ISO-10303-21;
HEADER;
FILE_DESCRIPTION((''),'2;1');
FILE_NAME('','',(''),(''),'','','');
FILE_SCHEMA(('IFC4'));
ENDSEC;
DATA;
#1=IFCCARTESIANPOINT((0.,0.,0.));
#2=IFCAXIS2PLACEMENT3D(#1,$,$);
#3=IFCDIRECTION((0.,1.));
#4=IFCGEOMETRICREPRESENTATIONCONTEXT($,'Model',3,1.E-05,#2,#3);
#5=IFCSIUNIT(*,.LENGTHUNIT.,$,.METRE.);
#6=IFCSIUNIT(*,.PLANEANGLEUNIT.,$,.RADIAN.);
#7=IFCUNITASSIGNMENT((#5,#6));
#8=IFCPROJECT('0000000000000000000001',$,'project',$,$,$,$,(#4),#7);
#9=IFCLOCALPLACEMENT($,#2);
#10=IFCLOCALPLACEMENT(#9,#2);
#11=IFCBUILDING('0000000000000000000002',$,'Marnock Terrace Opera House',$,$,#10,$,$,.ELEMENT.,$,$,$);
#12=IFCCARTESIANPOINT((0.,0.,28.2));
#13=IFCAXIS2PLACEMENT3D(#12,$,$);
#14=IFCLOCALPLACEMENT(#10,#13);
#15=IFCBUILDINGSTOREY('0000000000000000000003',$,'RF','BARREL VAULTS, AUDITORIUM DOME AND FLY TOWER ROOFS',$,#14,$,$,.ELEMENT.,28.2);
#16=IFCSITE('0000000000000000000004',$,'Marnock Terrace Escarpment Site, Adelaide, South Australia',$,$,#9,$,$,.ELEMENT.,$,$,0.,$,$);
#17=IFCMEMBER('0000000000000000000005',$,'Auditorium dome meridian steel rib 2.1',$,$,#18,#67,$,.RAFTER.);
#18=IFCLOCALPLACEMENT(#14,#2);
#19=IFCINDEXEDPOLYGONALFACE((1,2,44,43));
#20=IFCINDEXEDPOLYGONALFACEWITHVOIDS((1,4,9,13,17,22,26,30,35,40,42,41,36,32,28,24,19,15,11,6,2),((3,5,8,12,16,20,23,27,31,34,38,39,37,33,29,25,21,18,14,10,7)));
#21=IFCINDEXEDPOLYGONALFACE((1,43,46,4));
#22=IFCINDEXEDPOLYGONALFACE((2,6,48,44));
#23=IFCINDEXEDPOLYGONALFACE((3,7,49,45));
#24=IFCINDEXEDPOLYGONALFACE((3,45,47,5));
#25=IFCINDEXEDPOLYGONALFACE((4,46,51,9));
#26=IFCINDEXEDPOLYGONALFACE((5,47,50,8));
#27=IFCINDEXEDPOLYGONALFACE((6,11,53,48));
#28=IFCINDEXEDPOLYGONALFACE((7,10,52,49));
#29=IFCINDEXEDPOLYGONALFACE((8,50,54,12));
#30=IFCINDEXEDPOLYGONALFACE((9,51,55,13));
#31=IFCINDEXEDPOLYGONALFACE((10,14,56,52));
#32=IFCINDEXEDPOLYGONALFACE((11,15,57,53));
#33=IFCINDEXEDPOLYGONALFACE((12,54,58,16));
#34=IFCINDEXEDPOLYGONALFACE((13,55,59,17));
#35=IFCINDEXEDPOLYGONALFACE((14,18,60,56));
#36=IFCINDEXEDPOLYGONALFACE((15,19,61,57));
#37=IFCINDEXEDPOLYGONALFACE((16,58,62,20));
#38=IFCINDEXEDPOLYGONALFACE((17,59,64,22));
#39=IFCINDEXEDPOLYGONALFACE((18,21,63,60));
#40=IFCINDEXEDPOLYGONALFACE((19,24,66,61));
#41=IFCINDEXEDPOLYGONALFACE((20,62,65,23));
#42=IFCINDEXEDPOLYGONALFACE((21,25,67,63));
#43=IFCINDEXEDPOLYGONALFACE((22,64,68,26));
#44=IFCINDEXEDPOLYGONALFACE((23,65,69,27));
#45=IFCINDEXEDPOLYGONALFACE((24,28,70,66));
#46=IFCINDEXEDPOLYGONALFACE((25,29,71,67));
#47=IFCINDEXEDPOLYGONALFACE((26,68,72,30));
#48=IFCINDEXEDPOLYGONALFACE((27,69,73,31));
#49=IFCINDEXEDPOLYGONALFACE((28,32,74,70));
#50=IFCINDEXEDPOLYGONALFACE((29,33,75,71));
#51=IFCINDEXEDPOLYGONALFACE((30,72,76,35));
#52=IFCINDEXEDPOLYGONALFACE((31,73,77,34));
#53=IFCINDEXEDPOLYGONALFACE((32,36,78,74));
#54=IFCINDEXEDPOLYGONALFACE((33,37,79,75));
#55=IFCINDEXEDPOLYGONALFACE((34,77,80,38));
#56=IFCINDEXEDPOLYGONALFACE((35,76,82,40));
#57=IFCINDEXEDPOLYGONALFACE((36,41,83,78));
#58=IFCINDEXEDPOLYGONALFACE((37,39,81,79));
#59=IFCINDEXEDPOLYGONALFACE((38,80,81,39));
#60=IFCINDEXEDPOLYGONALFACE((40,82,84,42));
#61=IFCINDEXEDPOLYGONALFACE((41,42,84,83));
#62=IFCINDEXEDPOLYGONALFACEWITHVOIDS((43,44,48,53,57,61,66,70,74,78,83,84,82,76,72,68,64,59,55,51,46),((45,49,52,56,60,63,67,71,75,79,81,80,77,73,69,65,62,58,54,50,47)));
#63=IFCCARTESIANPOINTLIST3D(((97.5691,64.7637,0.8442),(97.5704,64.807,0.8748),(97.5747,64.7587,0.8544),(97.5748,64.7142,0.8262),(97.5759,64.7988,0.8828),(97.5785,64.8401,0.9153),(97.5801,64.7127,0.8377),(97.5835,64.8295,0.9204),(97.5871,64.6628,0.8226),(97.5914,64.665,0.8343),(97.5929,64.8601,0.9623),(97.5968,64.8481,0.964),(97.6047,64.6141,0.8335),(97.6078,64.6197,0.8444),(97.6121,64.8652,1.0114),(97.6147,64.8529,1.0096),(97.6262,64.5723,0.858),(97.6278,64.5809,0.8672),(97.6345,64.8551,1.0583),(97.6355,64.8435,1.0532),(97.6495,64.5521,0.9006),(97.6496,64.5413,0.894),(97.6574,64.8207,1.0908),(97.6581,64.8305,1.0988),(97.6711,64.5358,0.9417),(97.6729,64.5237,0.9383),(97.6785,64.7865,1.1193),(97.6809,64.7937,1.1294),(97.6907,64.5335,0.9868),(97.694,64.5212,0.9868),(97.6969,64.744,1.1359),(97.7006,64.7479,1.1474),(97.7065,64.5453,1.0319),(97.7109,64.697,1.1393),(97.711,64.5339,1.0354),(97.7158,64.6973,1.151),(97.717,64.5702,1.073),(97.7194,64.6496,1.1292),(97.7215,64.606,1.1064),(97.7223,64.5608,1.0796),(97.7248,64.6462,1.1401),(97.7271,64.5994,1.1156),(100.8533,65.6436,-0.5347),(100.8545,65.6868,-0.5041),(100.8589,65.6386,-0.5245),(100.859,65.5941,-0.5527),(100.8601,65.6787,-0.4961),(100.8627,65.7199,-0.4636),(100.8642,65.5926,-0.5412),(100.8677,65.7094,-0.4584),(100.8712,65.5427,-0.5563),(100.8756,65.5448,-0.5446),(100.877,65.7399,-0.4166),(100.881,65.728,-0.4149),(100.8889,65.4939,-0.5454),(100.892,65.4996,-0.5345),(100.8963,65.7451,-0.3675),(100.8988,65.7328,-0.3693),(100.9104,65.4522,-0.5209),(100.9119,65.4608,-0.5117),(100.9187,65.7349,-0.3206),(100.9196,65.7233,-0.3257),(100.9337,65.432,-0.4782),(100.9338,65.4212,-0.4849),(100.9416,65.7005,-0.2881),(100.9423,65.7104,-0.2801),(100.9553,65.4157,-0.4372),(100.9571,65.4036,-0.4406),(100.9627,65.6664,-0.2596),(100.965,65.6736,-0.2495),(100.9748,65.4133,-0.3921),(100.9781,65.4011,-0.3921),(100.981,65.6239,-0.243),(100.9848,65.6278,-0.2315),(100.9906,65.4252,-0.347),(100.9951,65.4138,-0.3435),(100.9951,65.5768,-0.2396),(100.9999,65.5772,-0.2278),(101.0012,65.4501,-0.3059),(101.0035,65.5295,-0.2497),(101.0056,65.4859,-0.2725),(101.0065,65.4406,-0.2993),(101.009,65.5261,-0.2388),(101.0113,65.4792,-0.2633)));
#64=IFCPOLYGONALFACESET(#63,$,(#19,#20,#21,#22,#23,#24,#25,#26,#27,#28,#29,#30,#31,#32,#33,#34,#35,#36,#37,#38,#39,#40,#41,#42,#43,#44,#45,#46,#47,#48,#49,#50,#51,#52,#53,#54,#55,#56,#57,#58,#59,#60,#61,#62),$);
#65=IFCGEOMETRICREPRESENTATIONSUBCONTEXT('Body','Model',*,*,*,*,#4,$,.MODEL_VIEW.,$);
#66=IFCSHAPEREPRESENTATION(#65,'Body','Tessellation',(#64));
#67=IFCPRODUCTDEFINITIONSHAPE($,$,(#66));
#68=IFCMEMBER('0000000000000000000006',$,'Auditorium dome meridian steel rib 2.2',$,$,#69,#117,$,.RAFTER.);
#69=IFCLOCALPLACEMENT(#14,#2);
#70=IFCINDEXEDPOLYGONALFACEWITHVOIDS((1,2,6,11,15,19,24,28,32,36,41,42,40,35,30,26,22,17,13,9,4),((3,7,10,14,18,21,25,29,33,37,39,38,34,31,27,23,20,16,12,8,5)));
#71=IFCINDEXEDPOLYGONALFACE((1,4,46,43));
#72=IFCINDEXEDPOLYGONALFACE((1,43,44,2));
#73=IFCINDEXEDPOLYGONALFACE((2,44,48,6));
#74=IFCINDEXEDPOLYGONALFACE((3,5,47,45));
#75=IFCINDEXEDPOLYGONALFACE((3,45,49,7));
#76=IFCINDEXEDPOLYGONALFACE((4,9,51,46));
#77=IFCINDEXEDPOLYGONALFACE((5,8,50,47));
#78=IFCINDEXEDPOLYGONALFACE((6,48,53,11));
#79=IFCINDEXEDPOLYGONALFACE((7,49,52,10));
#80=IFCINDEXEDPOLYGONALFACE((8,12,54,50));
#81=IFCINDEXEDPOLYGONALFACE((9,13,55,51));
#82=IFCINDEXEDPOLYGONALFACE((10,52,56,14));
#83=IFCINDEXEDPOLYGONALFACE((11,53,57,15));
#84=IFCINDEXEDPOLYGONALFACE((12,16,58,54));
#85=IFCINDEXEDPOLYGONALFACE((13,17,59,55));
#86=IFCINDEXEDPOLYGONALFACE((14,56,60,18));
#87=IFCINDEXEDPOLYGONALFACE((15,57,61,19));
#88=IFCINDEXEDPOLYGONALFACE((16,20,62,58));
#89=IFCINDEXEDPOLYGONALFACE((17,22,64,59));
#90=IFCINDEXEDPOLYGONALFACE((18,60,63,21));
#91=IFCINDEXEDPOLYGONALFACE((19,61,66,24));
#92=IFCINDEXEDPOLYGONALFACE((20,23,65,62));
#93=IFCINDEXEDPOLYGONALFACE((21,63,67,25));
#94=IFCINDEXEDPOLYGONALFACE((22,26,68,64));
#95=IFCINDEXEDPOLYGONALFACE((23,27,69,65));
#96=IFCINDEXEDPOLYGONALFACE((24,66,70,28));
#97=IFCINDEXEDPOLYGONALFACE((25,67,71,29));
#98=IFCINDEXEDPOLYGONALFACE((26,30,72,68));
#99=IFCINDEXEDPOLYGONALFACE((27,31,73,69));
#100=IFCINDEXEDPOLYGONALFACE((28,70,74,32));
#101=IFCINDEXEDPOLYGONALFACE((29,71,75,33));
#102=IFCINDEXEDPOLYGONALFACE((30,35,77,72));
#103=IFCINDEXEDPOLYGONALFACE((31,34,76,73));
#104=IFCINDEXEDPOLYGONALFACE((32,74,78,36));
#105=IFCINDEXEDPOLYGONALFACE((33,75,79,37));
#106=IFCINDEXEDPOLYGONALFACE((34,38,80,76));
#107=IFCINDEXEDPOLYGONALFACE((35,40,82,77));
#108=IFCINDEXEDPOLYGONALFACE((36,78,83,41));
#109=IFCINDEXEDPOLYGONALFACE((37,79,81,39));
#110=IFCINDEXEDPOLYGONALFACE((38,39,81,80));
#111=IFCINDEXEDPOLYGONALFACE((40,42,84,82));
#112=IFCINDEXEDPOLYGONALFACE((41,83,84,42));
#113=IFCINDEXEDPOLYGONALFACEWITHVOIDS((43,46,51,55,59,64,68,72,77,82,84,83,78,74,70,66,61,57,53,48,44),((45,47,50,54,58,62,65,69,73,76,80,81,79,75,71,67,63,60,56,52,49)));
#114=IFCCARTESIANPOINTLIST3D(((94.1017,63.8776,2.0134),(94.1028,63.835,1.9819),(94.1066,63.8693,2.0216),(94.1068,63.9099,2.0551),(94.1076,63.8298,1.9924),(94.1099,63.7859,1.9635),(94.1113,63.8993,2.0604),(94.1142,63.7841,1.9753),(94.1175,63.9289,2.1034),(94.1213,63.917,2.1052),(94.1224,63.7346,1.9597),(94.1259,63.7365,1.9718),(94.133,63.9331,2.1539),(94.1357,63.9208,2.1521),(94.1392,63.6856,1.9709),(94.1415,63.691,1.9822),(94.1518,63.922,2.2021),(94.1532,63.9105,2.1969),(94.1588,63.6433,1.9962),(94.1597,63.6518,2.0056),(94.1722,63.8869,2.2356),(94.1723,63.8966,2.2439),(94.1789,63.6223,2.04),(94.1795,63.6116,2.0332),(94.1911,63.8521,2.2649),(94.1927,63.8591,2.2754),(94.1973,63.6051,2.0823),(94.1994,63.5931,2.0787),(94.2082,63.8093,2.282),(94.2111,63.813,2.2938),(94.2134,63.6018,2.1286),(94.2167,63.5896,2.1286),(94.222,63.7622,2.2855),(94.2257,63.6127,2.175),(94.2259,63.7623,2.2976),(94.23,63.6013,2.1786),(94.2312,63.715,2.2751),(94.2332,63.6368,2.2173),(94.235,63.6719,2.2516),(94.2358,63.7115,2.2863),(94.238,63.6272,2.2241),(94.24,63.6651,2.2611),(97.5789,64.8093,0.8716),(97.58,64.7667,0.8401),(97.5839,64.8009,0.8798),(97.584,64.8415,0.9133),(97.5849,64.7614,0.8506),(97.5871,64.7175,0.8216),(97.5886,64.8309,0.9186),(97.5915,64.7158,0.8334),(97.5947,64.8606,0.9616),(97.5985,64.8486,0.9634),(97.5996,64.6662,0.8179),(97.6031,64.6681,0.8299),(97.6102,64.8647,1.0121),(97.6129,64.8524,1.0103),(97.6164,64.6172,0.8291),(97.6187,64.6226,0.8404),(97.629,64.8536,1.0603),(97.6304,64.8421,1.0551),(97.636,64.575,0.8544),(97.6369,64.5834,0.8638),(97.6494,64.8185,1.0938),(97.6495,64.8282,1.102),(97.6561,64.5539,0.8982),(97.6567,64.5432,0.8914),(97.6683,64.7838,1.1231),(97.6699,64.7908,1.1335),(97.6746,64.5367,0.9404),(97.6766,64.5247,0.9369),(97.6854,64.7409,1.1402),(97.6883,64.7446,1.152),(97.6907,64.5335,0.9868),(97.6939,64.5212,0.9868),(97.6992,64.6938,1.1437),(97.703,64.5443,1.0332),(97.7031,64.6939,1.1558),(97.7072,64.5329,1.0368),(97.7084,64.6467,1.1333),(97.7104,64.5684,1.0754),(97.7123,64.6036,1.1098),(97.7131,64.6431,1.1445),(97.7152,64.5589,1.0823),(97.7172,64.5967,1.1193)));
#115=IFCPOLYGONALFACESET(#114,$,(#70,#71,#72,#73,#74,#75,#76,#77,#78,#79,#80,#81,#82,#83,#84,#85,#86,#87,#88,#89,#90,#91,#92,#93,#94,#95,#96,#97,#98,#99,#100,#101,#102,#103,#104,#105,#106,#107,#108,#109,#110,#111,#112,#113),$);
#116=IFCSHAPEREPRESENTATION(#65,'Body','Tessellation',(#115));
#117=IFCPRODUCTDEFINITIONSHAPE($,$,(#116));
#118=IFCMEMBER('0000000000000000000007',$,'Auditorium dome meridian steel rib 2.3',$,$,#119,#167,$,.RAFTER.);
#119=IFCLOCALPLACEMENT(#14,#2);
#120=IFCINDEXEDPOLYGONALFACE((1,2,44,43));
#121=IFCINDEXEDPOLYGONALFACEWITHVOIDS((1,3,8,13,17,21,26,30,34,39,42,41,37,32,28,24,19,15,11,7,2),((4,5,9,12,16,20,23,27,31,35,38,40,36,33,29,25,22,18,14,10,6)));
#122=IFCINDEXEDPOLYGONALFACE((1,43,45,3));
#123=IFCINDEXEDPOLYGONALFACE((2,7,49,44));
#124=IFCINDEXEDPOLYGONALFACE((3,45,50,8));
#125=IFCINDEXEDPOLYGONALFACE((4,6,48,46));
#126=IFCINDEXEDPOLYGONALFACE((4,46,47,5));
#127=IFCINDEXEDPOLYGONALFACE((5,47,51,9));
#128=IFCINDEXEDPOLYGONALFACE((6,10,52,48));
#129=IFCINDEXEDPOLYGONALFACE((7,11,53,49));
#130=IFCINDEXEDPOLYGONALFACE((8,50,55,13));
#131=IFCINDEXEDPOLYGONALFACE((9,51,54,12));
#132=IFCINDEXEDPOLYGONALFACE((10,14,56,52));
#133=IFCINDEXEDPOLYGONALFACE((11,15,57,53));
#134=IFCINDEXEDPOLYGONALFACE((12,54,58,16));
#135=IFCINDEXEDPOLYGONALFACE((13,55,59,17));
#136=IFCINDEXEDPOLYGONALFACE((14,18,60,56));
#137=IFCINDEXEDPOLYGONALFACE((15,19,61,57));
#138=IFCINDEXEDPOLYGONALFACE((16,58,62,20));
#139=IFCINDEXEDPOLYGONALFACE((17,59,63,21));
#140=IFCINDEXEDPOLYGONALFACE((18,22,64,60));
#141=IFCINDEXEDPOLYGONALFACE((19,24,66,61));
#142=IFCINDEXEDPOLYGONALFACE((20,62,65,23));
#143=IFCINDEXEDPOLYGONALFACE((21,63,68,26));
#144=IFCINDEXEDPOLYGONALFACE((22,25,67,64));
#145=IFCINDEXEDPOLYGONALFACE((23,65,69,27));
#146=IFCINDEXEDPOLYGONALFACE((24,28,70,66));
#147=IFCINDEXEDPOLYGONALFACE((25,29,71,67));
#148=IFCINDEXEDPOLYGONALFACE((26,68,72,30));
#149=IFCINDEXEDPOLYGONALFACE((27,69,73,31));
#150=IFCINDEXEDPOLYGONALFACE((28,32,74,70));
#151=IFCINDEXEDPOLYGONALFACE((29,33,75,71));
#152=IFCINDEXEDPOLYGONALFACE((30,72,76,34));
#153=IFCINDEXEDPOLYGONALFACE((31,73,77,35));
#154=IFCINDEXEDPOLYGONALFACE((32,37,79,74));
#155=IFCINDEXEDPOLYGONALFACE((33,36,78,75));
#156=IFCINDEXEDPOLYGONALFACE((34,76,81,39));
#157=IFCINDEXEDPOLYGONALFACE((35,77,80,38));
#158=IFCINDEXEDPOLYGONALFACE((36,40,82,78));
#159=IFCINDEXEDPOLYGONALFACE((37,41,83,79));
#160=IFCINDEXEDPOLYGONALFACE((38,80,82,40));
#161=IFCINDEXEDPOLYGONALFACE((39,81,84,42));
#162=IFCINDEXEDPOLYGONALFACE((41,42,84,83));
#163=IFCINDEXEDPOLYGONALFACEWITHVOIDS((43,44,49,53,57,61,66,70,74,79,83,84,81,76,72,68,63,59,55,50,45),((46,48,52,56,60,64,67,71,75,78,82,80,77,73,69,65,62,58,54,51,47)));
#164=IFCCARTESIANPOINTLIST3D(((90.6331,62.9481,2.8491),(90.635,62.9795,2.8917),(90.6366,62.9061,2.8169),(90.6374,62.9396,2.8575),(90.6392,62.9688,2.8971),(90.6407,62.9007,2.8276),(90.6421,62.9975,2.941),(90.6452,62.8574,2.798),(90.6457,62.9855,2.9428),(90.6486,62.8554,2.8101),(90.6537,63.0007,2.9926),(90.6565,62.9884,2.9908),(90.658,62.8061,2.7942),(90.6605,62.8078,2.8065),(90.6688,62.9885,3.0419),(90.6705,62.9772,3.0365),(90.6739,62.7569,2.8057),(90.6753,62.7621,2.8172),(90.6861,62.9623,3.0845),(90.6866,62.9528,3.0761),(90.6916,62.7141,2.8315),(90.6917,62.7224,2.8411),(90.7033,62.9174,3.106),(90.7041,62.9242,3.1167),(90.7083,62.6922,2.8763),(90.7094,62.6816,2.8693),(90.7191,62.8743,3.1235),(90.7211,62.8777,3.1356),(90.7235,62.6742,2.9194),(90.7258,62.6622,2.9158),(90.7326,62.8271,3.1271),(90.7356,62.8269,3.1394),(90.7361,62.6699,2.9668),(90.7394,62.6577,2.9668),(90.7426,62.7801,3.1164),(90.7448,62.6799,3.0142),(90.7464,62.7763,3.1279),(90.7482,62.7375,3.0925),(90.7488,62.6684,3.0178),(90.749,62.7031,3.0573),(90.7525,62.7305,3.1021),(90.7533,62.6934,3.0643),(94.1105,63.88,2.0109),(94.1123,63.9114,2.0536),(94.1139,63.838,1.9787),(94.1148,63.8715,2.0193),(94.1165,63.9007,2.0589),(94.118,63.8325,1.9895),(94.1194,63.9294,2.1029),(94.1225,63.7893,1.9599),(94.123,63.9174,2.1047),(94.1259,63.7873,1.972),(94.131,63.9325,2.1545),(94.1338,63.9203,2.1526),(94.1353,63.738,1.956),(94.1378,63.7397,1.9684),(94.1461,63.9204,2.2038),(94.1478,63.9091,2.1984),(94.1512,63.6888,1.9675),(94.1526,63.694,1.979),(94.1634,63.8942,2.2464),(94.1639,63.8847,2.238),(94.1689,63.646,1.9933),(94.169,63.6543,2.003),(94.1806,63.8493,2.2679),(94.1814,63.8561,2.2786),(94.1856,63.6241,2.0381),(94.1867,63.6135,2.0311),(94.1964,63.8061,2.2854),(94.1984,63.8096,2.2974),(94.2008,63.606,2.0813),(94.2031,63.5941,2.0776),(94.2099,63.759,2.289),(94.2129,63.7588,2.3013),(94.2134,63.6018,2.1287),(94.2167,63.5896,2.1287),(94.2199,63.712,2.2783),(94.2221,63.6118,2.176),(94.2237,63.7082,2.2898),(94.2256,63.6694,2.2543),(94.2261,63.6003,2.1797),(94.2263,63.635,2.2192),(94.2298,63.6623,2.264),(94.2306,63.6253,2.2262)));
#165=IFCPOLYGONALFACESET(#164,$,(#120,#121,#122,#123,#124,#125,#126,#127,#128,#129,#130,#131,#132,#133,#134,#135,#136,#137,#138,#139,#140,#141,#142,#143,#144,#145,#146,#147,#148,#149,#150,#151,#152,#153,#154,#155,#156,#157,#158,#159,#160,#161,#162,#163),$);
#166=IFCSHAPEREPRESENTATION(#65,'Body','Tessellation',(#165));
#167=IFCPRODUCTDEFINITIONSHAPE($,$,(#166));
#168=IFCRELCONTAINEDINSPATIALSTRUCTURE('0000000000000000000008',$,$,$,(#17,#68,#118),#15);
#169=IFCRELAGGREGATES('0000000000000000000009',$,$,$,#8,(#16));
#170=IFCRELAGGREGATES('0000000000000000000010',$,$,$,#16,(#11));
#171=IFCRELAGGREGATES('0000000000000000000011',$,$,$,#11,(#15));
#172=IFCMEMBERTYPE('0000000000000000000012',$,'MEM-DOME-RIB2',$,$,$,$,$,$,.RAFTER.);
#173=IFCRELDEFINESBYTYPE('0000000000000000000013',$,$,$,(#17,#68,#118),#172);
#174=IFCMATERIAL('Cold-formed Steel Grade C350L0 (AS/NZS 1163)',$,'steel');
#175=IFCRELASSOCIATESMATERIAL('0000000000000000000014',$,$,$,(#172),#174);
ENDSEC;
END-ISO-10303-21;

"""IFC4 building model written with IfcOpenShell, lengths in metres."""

from ifc_helpers import new_model, si_unit, direction, frame, origin, origin_2d, place, context, subcontext, project, spatial, hollow_circle, extrude, material, material_profile, profile_set, type_object, element, save


model = new_model("IFC4")

# Units and contexts
model_context = context("Model", 3, precision=1e-05, world=origin(), true_north=direction((0.0, 1.0)))
body_context = subcontext(model_context, "Body", "Model", "MODEL_VIEW")
ifc_project = project(units=[si_unit("LENGTHUNIT", "METRE"), si_unit("PLANEANGLEUNIT", "RADIAN")], contexts=[model_context])

# Site, building, storey
site_placement = place(None, origin())
site = spatial("IfcSite", under=ifc_project, at=site_placement, Name="Marnock Terrace Escarpment Site, Adelaide, South Australia", CompositionType="ELEMENT", RefElevation=0.0)
building_placement = place(site_placement, origin())
building = spatial("IfcBuilding", under=site, at=building_placement, Name="Marnock Terrace Opera House", CompositionType="ELEMENT")
storey_placement = place(building_placement, frame((0.0, 0.0, 28.2)))
storey = spatial("IfcBuildingStorey", under=building, at=storey_placement, Name="RF", Description="BARREL VAULTS, AUDITORIUM DOME AND FLY TOWER ROOFS", CompositionType="ELEMENT", Elevation=28.2)

# Members
ifc_material_1 = material(Name="Cold-formed Steel Grade C350L0 (AS/NZS 1163)", Category="steel")
ifc_material_profile_1 = material_profile(ifc_material_1, hollow_circle(Radius=0.1777, WallThickness=0.0127, at=origin_2d()))
ifc_profile_set_1 = profile_set([ifc_material_profile_1], Name="Cold-formed Steel Grade C350L0 (AS/NZS 1163)")
member_type_1 = type_object("IfcMemberType", Name="MEM-DOME-RIB2", PredefinedType="RAFTER", material=ifc_profile_set_1)
member_1_placement = place(storey_placement, frame((100.9321, 65.5728, -0.3921), z_axis=(-0.895121, -0.239817, 0.375828), x_axis=(0.258789, -0.965934, 0.0)))
element("IfcMember", 1, at=member_1_placement, inside=storey, type_object=member_type_1, Name="Auditorium dome meridian steel rib 2.1", PredefinedType="RAFTER", context=body_context, shape_type="SweptSolid", body=[
    extrude(hollow_circle(Radius=0.1777, WallThickness=0.0127, at=origin_2d()), origin(), (0.0, 0.0, 1.0), 3.6689),
])
member_2_placement = place(storey_placement, frame((97.6479, 64.6929, 0.9868), z_axis=(-0.920727, -0.246682, 0.302341), x_axis=(0.258794, -0.965933, 0.0)))
element("IfcMember", 2, at=member_2_placement, inside=storey, type_object=member_type_1, Name="Auditorium dome meridian steel rib 2.2", PredefinedType="RAFTER", context=body_context, shape_type="SweptSolid", body=[
    extrude(hollow_circle(Radius=0.1777, WallThickness=0.0127, at=origin_2d()), origin(), (0.0, 0.0, 1.0), 3.7766),
])
member_3_placement = place(storey_placement, frame((94.1707, 63.7612, 2.1287), z_axis=(-0.940756, -0.252114, 0.226751), x_axis=(0.258857, -0.965916, 0.0)))
element("IfcMember", 3, at=member_3_placement, inside=storey, type_object=member_type_1, Name="Auditorium dome meridian steel rib 2.3", PredefinedType="RAFTER", context=body_context, shape_type="SweptSolid", body=[
    extrude(hollow_circle(Radius=0.1777, WallThickness=0.0127, at=origin_2d()), origin(), (0.0, 0.0, 1.0), 3.6963),
])

save(model, "model.ifc")
